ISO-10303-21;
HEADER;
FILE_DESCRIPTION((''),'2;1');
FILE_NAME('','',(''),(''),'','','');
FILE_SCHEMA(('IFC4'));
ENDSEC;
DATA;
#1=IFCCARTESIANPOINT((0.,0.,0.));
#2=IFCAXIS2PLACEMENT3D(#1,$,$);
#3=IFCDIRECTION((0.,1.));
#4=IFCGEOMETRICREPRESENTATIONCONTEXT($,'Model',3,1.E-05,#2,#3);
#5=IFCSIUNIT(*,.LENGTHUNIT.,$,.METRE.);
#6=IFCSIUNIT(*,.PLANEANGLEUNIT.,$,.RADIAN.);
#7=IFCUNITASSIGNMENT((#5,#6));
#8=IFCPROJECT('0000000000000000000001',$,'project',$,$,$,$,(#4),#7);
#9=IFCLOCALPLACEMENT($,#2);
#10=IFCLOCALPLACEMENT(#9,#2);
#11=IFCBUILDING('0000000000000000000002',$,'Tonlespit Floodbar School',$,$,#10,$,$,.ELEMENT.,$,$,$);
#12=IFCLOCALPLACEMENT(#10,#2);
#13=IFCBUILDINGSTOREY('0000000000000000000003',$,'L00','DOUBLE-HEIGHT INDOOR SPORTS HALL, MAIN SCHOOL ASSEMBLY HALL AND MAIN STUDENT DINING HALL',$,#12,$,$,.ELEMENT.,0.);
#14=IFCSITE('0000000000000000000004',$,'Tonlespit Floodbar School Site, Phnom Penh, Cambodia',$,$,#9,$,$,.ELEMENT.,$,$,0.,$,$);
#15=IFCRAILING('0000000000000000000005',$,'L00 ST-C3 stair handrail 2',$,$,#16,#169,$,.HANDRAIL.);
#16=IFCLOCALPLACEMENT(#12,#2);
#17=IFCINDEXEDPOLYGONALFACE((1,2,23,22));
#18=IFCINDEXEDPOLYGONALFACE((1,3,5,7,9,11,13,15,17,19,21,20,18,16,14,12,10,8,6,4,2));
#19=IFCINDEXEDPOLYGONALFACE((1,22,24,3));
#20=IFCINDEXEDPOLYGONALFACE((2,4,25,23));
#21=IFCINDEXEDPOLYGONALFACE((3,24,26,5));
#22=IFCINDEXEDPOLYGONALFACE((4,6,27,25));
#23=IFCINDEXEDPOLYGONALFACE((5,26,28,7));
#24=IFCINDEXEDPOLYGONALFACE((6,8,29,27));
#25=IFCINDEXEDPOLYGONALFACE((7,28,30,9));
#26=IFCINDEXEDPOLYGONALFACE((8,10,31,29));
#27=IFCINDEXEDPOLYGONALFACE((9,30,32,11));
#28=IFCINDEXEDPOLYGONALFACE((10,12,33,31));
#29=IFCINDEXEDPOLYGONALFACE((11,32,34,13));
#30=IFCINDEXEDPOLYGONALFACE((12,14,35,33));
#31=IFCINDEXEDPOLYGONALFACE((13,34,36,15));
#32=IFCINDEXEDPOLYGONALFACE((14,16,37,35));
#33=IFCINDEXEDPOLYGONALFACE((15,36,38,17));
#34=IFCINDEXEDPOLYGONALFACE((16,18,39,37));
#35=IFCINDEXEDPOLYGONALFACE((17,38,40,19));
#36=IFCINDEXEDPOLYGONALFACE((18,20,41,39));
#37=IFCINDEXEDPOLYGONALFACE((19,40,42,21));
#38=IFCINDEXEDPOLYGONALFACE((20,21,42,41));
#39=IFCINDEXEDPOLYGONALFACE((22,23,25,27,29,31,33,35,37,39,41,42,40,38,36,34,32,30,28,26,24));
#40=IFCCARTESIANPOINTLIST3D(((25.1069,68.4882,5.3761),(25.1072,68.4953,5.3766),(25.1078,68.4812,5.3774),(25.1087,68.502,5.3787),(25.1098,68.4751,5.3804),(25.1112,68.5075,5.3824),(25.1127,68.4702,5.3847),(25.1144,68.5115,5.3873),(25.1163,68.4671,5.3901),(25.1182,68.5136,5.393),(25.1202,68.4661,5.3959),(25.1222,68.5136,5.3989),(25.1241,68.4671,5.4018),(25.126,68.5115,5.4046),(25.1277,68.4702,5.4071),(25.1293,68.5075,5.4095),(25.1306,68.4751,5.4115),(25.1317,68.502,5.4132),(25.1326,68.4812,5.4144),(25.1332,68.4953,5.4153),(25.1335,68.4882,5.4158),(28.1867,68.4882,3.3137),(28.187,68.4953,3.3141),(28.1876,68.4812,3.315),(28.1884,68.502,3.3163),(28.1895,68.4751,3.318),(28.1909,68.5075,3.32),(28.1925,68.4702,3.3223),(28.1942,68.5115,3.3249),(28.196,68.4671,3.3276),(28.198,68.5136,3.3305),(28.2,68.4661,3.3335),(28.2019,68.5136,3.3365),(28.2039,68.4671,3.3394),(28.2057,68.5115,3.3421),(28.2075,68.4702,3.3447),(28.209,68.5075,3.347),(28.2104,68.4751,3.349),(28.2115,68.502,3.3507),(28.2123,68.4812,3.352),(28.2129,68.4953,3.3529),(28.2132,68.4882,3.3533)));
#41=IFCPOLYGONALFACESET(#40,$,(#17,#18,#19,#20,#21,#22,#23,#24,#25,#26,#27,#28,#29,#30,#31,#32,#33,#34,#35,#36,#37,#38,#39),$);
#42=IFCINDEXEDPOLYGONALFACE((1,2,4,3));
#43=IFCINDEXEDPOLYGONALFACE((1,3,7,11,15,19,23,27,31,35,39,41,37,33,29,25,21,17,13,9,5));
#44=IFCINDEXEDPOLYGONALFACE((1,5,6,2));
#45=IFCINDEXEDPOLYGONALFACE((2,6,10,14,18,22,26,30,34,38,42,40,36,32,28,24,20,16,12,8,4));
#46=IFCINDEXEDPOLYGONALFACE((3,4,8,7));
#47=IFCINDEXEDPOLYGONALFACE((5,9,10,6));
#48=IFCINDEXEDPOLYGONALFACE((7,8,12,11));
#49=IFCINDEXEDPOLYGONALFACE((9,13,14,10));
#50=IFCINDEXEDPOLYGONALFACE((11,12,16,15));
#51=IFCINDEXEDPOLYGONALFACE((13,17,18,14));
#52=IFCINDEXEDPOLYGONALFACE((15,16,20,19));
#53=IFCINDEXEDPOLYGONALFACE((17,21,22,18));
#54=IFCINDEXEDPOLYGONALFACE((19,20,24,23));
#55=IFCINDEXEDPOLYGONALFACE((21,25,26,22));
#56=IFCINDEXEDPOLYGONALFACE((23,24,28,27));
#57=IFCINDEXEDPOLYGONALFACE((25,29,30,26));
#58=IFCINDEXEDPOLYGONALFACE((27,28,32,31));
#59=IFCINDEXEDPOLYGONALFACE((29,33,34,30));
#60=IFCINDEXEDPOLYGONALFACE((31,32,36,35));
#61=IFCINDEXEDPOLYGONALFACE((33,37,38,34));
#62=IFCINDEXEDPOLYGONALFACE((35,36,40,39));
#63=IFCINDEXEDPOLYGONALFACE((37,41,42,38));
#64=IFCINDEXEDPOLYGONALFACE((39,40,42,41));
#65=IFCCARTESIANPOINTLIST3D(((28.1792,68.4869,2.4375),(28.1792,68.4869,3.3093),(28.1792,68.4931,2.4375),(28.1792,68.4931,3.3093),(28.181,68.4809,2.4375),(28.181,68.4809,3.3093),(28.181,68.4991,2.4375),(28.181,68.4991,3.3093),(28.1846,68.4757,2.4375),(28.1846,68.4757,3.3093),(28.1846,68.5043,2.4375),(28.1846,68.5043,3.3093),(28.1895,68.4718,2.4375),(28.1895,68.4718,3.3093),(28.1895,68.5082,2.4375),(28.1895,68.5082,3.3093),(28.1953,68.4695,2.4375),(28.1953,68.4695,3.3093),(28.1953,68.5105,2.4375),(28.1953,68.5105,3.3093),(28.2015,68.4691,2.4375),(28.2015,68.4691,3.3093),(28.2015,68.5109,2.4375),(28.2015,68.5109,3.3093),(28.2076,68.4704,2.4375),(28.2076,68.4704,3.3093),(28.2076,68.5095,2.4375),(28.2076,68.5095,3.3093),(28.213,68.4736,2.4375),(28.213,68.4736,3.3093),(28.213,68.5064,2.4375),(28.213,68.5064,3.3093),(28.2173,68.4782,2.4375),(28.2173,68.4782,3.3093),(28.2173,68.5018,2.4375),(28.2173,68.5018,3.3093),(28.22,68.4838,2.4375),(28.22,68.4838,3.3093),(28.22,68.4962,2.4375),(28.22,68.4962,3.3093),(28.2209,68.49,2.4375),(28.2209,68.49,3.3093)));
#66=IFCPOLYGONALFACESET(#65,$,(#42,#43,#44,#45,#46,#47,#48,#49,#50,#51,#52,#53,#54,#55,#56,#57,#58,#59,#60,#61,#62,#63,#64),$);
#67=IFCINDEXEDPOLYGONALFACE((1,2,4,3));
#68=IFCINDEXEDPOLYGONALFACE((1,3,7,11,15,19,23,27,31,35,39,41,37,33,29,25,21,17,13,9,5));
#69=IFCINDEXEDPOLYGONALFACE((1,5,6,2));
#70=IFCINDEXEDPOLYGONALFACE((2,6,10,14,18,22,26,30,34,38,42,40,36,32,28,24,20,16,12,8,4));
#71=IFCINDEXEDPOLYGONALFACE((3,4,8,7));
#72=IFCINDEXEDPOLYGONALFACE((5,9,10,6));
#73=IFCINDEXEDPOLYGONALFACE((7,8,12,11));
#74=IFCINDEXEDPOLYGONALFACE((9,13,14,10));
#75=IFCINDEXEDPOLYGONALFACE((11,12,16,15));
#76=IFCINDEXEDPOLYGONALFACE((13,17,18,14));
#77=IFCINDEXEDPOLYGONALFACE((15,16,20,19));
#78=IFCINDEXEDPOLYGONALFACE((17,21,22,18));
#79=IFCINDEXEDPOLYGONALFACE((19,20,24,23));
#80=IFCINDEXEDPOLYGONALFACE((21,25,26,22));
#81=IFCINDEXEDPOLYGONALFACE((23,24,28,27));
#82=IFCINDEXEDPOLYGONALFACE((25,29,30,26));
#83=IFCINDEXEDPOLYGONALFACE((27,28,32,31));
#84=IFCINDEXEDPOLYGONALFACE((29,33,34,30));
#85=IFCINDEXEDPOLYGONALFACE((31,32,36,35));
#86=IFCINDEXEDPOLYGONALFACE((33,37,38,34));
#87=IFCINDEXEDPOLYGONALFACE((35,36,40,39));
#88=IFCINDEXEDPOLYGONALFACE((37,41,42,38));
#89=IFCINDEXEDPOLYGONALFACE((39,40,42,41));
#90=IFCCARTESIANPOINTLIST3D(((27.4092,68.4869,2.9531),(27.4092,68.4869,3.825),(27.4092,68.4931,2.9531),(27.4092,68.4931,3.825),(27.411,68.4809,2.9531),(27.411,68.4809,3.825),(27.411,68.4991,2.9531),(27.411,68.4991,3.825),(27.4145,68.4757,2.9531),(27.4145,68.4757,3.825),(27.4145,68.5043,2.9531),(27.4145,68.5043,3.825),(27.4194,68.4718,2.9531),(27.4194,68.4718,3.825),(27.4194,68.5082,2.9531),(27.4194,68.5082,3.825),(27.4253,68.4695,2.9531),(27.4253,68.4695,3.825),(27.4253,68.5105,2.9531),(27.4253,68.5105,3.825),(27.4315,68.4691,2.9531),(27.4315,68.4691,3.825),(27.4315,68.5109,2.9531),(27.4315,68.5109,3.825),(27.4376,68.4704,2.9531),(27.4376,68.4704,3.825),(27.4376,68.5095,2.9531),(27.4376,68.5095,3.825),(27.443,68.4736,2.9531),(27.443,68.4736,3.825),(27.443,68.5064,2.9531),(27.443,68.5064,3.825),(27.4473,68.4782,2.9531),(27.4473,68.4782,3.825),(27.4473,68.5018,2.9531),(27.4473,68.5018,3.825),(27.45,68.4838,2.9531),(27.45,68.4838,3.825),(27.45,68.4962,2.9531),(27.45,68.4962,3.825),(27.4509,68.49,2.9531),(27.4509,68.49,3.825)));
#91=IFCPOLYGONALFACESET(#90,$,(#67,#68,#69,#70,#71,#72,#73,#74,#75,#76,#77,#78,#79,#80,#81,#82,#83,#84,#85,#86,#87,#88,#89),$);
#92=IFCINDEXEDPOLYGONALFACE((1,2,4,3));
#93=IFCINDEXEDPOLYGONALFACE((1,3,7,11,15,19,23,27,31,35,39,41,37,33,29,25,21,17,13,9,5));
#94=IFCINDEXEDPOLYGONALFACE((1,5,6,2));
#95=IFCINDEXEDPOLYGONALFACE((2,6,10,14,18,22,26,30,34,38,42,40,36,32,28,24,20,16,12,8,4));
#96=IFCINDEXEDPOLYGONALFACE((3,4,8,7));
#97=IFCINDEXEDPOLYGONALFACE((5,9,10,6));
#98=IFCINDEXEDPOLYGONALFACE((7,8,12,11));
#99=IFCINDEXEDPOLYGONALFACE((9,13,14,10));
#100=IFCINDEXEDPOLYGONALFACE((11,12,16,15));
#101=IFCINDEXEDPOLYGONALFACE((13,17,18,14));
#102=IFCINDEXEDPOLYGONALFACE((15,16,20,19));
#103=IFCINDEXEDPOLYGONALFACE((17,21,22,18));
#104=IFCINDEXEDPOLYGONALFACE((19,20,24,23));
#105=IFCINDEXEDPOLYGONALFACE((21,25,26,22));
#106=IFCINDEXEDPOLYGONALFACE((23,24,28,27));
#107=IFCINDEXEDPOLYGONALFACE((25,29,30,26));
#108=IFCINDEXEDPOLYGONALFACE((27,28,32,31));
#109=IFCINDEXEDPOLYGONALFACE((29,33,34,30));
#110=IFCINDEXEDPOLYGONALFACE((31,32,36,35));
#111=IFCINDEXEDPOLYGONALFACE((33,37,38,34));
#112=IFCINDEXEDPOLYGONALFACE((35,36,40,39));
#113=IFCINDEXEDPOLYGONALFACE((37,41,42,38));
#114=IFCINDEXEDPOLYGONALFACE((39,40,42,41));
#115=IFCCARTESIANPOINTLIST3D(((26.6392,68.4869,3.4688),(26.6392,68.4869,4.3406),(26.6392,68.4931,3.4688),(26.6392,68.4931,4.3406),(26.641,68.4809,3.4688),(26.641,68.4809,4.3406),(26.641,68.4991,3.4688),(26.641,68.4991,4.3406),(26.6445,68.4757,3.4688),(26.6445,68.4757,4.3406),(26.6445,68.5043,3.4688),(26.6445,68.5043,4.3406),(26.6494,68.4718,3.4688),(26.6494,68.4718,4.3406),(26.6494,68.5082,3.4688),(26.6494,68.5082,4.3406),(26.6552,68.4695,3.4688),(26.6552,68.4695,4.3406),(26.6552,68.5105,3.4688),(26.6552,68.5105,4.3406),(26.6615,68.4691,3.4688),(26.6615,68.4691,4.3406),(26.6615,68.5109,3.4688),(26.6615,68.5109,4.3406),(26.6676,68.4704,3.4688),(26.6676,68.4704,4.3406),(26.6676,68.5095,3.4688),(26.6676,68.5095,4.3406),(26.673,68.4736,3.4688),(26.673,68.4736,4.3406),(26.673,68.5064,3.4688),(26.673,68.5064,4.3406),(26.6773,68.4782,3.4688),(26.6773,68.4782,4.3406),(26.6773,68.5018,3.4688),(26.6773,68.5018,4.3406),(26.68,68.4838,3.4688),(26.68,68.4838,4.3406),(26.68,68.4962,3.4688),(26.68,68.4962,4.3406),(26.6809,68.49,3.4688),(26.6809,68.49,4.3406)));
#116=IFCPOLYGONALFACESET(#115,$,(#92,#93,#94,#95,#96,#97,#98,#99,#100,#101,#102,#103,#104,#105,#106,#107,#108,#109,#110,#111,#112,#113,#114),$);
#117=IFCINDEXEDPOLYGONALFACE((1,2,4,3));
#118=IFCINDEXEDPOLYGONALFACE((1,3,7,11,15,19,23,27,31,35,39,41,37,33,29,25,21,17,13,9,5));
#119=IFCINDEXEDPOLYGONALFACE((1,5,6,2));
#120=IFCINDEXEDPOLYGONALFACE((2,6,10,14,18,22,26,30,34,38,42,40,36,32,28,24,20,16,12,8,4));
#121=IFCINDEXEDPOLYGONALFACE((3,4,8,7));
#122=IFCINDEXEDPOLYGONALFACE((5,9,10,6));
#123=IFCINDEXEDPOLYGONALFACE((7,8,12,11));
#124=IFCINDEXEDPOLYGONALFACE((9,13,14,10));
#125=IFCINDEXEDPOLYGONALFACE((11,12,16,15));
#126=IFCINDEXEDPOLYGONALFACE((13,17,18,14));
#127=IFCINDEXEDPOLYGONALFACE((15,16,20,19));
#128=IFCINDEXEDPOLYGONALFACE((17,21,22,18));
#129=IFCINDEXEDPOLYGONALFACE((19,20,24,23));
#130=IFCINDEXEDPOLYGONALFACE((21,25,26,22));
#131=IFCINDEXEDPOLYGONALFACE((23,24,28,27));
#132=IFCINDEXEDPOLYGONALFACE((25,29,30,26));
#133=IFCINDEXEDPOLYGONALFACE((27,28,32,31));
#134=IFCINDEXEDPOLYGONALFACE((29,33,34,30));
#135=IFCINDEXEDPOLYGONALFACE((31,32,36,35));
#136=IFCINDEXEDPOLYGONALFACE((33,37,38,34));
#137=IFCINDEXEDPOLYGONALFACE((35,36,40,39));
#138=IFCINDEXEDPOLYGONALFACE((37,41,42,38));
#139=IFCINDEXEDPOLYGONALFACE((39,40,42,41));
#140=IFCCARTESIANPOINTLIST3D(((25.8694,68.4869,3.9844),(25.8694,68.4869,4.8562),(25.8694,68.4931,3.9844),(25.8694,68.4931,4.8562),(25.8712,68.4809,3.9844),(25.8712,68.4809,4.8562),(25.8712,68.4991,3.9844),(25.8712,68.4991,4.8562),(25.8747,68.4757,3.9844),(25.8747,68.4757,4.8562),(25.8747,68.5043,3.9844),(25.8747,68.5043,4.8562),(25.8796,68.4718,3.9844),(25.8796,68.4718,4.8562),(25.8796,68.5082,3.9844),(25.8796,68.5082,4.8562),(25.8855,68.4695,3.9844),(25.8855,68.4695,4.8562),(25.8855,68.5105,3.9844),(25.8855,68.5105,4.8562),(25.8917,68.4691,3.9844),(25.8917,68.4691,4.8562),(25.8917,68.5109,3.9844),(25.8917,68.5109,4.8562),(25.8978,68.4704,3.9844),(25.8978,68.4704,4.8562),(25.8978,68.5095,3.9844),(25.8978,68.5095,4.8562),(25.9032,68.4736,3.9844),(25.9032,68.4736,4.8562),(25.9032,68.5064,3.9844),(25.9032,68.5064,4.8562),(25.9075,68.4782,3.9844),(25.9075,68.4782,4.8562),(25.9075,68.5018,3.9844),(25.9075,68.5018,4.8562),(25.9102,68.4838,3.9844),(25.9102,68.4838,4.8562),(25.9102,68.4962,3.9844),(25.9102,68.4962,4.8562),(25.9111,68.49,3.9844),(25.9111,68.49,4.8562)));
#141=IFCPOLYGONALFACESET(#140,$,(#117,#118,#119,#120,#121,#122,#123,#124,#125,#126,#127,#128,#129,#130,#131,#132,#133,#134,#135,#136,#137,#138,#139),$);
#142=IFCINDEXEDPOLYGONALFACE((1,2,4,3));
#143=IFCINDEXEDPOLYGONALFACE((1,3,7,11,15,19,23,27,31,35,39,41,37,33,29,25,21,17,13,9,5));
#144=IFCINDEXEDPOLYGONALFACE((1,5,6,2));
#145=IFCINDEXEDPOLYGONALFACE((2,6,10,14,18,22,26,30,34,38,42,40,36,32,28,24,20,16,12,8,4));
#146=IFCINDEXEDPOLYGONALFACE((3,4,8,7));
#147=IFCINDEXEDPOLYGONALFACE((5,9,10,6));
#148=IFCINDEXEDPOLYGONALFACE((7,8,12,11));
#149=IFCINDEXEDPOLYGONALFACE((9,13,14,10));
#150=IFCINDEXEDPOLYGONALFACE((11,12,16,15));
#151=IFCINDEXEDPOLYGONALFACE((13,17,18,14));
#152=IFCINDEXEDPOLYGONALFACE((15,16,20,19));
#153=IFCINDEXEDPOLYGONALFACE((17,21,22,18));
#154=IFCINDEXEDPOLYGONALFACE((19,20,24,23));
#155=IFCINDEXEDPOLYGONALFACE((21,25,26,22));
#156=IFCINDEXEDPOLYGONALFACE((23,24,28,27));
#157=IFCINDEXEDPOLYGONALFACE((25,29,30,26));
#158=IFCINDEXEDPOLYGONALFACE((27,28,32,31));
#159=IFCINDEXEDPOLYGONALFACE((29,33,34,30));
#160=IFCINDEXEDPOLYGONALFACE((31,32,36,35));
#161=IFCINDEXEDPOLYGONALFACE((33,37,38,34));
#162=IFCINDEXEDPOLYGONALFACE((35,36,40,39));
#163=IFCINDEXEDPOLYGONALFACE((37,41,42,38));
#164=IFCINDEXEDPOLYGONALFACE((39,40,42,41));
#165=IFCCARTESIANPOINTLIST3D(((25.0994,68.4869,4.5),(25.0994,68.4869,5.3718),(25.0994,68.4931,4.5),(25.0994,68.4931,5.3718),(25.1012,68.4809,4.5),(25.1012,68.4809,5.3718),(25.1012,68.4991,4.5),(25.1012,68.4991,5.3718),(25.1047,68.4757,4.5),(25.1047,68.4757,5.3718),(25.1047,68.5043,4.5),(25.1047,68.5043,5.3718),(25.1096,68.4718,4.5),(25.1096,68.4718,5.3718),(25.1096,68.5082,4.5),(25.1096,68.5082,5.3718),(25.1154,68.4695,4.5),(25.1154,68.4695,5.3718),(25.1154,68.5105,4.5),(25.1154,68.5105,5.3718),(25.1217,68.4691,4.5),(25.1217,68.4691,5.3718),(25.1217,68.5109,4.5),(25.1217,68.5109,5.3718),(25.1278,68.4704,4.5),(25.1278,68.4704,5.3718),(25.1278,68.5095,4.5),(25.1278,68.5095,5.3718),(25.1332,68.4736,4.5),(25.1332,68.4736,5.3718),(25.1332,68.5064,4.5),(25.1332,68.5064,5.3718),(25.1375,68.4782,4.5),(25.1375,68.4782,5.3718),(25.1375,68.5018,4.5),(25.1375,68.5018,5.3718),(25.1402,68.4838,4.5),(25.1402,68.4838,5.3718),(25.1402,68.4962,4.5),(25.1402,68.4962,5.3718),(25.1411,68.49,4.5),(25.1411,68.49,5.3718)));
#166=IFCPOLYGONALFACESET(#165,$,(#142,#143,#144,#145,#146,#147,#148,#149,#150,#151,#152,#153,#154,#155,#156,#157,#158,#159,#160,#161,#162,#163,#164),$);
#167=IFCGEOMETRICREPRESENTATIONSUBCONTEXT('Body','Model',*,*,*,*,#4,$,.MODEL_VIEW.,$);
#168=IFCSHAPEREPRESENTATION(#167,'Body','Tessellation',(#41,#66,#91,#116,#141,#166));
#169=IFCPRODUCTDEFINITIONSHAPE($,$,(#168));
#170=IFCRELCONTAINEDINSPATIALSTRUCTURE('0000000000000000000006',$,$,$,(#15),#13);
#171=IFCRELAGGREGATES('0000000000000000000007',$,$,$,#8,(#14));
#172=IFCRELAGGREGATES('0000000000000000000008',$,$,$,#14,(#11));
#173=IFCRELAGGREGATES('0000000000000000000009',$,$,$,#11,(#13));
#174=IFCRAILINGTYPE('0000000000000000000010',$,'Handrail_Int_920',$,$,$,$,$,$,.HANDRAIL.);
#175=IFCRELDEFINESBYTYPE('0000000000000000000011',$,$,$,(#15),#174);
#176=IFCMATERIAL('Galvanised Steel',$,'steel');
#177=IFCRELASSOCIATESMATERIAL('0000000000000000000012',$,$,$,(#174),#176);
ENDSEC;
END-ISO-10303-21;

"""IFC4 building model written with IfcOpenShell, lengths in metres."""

from ifc_helpers import new_model, si_unit, direction, frame, origin, origin_2d, place, context, subcontext, project, spatial, circle, extrude, material, type_object, element, save


model = new_model("IFC4")

# Units and contexts
model_context = context("Model", 3, precision=1e-05, world=origin(), true_north=direction((0.0, 1.0)))
body_context = subcontext(model_context, "Body", "Model", "MODEL_VIEW")
ifc_project = project(units=[si_unit("LENGTHUNIT", "METRE"), si_unit("PLANEANGLEUNIT", "RADIAN")], contexts=[model_context])

# Site, building, storey
site_placement = place(None, origin())
site = spatial("IfcSite", under=ifc_project, at=site_placement, Name="Tonlespit Floodbar School Site, Phnom Penh, Cambodia", CompositionType="ELEMENT", RefElevation=0.0)
building_placement = place(site_placement, origin())
building = spatial("IfcBuilding", under=site, at=building_placement, Name="Tonlespit Floodbar School", CompositionType="ELEMENT")
storey_placement = place(building_placement, origin())
storey = spatial("IfcBuildingStorey", under=building, at=storey_placement, Name="L00", Description="DOUBLE-HEIGHT INDOOR SPORTS HALL, MAIN SCHOOL ASSEMBLY HALL AND MAIN STUDENT DINING HALL", CompositionType="ELEMENT", Elevation=0.0)

# Railing
ifc_material_1 = material(Name="Galvanised Steel", Category="steel")
railing_type_1 = type_object("IfcRailingType", Name="Handrail_Int_920", PredefinedType="HANDRAIL", material=ifc_material_1)
railing_1_placement = place(storey_placement, frame((28.2, 68.49, 2.4375)))
element("IfcRailing", 1, at=railing_1_placement, inside=storey, type_object=railing_type_1, Name="L00 ST-C3 stair handrail 2", PredefinedType="HANDRAIL", context=body_context, shape_type="SweptSolid", body=[
    extrude(circle(Radius=0.0239, at=origin_2d()), frame((0.0, 0.0, 0.896), z_axis=(-0.830893, 0.0, 0.556432), x_axis=(0.0, -1.0, 0.0)), (0.0, 0.0, 1.0), 3.7065),
    extrude(circle(Radius=0.021, at=origin_2d()), origin(), (0.0, 0.0, 1.0), 0.8718),
    extrude(circle(Radius=0.021, at=origin_2d()), frame((-0.77, 0.0, 0.5156)), (0.0, 0.0, 1.0), 0.8718),
    extrude(circle(Radius=0.021, at=origin_2d()), frame((-1.54, 0.0, 1.0312)), (0.0, 0.0, 1.0), 0.8718),
    extrude(circle(Radius=0.021, at=origin_2d()), frame((-2.3098, 0.0, 1.5469)), (0.0, 0.0, 1.0), 0.8718),
    extrude(circle(Radius=0.021, at=origin_2d()), frame((-3.0798, 0.0, 2.0625)), (0.0, 0.0, 1.0), 0.8718),
])

save(model, "model.ifc")
